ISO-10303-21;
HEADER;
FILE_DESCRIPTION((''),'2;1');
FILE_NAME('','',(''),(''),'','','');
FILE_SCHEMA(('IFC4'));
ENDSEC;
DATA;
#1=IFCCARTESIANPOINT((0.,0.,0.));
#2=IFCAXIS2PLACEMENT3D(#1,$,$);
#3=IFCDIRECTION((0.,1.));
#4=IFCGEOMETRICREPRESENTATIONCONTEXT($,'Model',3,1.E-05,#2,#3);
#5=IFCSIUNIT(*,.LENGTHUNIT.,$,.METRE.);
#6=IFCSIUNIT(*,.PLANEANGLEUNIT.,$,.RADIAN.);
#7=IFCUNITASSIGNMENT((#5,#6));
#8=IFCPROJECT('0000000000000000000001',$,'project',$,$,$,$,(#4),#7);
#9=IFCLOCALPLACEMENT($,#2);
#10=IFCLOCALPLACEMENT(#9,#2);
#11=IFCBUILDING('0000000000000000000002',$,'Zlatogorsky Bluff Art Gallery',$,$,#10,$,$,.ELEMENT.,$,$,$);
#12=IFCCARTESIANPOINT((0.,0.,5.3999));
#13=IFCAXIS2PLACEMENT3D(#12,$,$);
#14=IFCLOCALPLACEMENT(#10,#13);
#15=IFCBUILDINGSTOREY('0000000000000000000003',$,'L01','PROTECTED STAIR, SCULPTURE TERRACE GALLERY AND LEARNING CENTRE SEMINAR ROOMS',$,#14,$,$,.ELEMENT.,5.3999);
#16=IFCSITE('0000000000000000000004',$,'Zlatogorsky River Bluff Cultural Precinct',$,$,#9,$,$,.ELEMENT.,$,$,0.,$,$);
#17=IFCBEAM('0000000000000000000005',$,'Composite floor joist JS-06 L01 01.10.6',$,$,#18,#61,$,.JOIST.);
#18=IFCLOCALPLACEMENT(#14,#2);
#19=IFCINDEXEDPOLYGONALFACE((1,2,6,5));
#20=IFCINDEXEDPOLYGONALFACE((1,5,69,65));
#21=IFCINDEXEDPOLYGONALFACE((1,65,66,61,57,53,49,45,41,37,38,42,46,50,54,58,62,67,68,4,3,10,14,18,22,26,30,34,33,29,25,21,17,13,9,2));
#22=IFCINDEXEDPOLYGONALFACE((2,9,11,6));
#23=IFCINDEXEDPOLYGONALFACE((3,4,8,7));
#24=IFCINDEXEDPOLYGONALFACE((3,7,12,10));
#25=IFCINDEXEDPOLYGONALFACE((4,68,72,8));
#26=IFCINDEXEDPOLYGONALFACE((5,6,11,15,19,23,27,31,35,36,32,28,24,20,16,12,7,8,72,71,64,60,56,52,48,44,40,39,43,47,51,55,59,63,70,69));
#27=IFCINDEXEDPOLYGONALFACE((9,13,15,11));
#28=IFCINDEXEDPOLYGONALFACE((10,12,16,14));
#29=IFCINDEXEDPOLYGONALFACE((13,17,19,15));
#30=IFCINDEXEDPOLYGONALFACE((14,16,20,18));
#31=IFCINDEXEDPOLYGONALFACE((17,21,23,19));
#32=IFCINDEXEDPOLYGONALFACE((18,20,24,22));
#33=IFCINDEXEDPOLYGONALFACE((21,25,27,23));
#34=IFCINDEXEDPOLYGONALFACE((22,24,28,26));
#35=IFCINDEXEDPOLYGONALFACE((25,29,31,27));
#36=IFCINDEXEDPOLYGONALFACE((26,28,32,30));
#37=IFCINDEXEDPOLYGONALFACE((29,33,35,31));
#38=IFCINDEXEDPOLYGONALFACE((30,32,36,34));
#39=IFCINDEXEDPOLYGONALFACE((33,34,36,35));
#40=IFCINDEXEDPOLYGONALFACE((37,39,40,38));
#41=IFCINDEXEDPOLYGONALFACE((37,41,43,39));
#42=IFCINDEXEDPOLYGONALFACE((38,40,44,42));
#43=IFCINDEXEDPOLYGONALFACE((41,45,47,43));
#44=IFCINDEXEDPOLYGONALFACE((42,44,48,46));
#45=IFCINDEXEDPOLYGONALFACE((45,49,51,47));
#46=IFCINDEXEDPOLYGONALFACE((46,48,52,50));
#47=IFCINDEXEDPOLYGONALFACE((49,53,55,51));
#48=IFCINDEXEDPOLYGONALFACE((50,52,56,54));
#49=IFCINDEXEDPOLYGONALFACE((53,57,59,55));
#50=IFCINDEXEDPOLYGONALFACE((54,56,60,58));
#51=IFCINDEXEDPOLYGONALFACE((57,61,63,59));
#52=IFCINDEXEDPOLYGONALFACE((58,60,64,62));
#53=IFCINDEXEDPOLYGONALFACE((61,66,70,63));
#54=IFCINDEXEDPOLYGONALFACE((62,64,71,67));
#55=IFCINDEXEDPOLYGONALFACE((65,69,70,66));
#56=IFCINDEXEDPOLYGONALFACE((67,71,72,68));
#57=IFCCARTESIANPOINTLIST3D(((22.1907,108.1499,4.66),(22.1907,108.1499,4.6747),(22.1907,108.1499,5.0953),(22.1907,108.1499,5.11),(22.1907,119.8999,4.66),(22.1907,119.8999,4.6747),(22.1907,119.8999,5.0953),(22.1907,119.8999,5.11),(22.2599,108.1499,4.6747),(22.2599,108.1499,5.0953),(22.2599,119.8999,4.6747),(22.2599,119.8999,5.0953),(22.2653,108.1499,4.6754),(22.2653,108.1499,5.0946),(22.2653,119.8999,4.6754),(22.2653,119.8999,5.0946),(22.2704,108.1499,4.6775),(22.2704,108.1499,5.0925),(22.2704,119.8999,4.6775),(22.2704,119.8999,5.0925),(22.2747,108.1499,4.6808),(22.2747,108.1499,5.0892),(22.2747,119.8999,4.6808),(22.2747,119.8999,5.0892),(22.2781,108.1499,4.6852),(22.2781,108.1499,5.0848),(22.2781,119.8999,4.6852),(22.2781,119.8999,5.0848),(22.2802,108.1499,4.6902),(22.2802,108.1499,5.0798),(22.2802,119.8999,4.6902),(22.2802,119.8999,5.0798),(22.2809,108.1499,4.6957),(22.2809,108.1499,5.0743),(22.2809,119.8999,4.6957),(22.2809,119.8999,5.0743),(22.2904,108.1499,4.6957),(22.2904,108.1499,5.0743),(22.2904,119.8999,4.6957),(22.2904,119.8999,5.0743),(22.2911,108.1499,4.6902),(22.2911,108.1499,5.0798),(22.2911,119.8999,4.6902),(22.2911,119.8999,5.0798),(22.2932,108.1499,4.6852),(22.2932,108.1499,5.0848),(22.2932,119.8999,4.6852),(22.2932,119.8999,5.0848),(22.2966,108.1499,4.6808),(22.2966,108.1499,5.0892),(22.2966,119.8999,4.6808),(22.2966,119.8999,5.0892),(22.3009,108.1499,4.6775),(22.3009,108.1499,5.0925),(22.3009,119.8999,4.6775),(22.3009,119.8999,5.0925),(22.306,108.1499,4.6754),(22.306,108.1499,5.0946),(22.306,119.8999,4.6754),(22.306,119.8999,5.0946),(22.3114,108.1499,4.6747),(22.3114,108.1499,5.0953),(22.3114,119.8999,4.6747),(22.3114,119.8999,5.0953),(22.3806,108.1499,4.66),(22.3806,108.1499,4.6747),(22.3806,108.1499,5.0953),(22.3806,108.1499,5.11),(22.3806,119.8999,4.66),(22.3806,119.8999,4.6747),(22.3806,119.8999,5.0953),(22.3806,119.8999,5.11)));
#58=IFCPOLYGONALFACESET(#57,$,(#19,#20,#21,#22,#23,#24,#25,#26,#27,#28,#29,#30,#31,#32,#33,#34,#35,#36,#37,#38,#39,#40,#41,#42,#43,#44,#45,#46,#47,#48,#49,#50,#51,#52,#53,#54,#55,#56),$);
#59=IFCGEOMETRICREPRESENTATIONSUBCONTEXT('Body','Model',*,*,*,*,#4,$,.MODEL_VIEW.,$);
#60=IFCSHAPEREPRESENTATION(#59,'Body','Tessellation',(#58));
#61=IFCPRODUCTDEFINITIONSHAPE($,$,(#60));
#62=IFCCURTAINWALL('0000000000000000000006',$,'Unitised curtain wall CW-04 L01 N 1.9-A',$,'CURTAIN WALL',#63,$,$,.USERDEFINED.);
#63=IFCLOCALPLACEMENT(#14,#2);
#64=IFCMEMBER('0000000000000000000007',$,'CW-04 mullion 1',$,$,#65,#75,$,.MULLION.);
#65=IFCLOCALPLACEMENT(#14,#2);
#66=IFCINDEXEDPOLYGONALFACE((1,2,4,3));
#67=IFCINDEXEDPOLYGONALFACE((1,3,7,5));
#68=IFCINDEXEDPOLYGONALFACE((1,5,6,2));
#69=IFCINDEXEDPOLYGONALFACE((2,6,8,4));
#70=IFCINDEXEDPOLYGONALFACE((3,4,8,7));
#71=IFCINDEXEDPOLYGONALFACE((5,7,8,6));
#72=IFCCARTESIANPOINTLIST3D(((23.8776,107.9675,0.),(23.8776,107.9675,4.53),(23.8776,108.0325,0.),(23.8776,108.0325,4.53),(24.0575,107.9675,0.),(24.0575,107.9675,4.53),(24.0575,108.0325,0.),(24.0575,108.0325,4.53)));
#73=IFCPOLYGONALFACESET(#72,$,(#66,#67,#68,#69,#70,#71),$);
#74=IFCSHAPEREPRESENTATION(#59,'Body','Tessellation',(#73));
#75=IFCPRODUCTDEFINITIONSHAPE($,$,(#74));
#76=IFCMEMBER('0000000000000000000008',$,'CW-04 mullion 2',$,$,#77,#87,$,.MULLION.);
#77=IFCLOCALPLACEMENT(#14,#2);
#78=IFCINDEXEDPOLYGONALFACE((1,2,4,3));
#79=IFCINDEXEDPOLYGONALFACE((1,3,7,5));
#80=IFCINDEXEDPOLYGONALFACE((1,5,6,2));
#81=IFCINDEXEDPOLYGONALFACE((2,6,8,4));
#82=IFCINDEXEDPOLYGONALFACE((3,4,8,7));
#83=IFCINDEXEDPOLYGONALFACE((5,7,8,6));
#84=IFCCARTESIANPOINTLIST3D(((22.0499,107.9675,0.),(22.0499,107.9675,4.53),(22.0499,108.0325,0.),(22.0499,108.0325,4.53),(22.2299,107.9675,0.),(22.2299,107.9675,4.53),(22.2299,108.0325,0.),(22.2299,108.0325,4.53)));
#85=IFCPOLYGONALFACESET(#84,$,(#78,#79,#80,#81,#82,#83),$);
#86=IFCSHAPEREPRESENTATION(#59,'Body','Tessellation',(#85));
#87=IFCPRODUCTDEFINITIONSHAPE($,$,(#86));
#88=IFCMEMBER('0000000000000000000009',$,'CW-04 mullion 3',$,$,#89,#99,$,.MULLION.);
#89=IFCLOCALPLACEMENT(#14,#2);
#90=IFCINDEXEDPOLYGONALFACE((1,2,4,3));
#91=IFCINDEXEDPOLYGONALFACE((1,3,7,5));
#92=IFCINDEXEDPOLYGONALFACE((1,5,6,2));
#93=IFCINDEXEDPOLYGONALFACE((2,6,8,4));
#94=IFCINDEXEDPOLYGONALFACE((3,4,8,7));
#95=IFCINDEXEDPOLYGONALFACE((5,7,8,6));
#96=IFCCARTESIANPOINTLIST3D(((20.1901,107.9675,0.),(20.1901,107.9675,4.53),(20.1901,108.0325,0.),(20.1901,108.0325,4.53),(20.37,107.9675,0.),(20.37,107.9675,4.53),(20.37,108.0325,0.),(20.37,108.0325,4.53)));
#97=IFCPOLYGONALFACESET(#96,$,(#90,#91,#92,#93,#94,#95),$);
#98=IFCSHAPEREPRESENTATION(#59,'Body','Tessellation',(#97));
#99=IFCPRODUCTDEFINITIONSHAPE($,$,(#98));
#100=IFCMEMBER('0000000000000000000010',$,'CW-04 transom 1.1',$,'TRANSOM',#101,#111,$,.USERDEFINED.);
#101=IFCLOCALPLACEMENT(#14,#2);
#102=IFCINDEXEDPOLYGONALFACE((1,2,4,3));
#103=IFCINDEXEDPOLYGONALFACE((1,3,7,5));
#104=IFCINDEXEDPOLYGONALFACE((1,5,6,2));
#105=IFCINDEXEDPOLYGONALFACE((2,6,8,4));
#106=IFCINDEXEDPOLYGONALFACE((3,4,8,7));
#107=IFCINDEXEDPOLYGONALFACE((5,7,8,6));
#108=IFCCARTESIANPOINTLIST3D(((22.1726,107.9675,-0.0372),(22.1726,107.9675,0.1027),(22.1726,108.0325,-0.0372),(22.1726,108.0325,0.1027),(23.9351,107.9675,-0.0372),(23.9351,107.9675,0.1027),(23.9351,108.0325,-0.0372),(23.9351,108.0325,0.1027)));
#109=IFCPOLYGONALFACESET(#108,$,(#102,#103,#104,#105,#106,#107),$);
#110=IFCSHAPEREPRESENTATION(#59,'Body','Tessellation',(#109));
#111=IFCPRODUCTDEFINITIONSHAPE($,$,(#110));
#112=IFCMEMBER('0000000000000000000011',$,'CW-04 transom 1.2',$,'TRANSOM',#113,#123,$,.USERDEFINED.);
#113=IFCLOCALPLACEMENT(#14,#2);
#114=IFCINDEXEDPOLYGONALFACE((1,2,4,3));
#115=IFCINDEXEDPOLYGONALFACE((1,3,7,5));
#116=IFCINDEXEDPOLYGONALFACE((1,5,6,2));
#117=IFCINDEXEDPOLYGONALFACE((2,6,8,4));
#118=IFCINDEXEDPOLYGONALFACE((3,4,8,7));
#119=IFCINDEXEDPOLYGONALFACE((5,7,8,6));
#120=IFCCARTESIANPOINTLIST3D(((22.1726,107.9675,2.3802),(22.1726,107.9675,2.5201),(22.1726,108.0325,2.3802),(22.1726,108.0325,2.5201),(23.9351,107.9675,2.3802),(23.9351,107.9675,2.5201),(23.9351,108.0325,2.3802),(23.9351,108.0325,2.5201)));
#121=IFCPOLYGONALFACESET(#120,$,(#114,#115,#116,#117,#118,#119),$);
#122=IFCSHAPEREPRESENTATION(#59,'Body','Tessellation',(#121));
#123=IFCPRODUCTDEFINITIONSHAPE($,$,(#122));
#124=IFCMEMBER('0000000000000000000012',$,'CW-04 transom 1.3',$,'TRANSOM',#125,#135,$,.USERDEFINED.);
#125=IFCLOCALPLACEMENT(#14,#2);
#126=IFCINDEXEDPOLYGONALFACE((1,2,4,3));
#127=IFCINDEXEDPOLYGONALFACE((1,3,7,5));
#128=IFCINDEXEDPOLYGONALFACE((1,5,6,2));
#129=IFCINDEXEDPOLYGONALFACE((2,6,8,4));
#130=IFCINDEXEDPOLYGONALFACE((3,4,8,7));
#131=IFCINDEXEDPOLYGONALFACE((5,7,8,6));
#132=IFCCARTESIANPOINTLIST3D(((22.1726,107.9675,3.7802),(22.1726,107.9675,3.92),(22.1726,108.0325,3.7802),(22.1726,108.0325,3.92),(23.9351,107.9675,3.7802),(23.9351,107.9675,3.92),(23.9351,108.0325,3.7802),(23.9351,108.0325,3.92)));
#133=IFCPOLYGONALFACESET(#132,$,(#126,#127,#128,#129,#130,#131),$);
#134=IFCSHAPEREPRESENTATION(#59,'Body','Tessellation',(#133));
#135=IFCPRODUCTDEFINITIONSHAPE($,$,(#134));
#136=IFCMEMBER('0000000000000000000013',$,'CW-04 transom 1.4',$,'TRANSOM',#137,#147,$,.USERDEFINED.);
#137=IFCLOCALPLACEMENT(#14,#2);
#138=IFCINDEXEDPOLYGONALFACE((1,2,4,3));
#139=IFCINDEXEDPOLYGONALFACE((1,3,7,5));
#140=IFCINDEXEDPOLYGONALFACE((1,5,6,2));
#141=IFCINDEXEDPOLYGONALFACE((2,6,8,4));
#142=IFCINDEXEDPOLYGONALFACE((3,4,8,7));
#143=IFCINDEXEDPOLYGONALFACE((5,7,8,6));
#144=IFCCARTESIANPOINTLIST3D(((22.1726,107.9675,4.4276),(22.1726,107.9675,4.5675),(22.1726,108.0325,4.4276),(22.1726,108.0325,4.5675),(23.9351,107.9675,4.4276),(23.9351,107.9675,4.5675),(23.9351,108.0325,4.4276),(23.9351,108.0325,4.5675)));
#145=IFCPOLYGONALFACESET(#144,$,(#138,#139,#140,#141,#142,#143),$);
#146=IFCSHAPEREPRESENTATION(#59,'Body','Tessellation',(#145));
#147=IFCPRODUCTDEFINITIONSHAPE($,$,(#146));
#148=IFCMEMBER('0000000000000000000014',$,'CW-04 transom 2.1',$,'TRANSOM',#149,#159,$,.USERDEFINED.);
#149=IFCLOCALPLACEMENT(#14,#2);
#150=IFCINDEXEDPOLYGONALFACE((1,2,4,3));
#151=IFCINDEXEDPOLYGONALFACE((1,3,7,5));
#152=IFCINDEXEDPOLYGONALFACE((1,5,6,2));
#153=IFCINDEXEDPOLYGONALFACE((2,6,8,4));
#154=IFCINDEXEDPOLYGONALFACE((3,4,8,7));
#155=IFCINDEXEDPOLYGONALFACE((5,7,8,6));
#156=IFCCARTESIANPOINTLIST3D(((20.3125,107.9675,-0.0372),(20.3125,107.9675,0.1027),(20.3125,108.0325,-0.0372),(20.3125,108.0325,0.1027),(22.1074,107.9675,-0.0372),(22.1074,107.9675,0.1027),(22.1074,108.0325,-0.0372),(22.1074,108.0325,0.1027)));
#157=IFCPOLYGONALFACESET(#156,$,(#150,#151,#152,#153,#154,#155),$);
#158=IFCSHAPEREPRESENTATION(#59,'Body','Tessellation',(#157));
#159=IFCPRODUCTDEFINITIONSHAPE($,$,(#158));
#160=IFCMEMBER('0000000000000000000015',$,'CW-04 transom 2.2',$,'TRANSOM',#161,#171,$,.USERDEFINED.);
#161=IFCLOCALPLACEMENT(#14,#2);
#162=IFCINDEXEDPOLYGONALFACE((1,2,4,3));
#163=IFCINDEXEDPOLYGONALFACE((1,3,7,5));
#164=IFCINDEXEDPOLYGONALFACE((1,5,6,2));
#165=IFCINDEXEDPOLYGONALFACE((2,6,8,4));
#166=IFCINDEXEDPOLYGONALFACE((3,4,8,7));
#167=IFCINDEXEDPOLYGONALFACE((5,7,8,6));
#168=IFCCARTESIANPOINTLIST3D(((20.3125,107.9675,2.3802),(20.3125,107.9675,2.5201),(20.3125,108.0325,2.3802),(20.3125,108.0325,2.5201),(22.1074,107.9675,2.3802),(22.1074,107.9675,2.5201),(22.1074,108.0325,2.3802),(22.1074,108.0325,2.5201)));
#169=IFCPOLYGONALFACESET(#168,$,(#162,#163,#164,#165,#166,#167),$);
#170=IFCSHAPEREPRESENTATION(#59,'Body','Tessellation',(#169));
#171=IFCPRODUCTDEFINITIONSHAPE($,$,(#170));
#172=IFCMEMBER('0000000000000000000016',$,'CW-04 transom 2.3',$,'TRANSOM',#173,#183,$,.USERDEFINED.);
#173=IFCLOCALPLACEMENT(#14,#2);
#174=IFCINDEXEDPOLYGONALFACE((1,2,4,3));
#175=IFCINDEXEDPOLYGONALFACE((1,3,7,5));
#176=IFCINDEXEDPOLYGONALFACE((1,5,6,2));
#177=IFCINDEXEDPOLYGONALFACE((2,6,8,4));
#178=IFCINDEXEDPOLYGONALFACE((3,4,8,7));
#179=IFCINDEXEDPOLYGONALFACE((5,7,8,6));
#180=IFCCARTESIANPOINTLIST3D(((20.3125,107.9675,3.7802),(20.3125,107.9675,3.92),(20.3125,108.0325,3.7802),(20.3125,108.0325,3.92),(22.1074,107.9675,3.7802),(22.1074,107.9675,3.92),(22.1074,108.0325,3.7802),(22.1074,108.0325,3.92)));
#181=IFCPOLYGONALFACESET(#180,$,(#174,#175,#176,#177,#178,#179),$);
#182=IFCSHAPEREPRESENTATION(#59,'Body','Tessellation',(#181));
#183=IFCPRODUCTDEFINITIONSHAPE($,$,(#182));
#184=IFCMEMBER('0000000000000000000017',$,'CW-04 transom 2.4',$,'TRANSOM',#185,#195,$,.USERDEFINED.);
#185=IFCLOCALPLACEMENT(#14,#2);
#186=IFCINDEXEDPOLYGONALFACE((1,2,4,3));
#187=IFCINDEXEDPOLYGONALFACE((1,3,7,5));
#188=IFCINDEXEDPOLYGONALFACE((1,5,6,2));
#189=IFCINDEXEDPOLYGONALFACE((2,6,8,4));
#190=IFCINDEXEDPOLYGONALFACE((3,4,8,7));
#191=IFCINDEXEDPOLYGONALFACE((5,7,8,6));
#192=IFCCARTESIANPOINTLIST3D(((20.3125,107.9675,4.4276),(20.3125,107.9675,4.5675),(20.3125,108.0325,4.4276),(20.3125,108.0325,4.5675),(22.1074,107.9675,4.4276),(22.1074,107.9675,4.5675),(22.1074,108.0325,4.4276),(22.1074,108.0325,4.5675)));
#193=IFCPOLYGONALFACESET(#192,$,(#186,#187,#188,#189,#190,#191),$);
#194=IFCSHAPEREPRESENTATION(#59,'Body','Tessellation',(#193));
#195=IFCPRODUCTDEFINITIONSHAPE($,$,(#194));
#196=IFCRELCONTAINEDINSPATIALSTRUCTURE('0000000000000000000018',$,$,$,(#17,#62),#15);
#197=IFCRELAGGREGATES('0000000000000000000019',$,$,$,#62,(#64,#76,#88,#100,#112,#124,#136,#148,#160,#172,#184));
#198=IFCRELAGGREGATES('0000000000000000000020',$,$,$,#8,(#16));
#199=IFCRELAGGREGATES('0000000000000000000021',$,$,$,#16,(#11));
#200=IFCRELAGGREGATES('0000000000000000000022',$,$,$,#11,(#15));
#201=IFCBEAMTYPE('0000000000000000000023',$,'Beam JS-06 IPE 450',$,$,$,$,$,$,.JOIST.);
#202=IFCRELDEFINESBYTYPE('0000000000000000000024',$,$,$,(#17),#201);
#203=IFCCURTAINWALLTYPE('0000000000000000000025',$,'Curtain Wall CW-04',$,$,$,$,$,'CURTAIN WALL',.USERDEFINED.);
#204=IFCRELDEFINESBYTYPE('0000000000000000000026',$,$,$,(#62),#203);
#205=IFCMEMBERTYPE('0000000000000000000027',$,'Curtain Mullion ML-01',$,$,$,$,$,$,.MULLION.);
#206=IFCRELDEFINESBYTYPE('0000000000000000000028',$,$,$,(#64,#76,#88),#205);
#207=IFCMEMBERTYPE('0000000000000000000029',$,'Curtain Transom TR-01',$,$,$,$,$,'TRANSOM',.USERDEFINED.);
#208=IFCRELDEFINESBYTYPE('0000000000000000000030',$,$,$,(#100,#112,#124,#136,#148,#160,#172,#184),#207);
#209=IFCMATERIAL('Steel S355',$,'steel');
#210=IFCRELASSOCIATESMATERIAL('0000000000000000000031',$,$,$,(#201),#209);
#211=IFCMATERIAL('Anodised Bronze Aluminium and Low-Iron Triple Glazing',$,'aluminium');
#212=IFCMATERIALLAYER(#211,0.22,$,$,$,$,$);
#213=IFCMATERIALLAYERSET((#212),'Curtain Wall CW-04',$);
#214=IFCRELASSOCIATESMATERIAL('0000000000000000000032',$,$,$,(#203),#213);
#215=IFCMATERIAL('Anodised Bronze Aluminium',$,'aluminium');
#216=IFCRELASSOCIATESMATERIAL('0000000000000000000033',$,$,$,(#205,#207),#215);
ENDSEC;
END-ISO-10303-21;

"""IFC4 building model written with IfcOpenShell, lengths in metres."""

from ifc_helpers import new_model, si_unit, direction, frame, origin, origin_2d, place, context, subcontext, project, spatial, rectangle, i_section, extrude, material, layer, layer_set, material_profile, profile_set, type_object, element, aggregate, save


model = new_model("IFC4")

# Units and contexts
model_context = context("Model", 3, precision=1e-05, world=origin(), true_north=direction((0.0, 1.0)))
body_context = subcontext(model_context, "Body", "Model", "MODEL_VIEW")
ifc_project = project(units=[si_unit("LENGTHUNIT", "METRE"), si_unit("PLANEANGLEUNIT", "RADIAN")], contexts=[model_context])

# Site, building, storey
site_placement = place(None, origin())
site = spatial("IfcSite", under=ifc_project, at=site_placement, Name="Zlatogorsky River Bluff Cultural Precinct", CompositionType="ELEMENT", RefElevation=0.0)
building_placement = place(site_placement, origin())
building = spatial("IfcBuilding", under=site, at=building_placement, Name="Zlatogorsky Bluff Art Gallery", CompositionType="ELEMENT")
storey_placement = place(building_placement, frame((0.0, 0.0, 5.3999)))
storey = spatial("IfcBuildingStorey", under=building, at=storey_placement, Name="L01", Description="PROTECTED STAIR, SCULPTURE TERRACE GALLERY AND LEARNING CENTRE SEMINAR ROOMS", CompositionType="ELEMENT", Elevation=5.3999)

# Shared definitions
ifc_material_1 = material(Name="Steel S355", Category="steel")

# Beam
ifc_material_profile_1 = material_profile(ifc_material_1, i_section(OverallWidth=0.1899, OverallDepth=0.45, WebThickness=0.0095, FlangeThickness=0.0146, FilletRadius=0.021, at=origin_2d()), Name="IPE 450")
ifc_profile_set_1 = profile_set([ifc_material_profile_1], Name="Steel S355")
beam_type_1 = type_object("IfcBeamType", Name="Beam JS-06 IPE 450", PredefinedType="JOIST", material=ifc_profile_set_1)
for number, where, z_axis, x_axis, name in (
    (1, (22.2856, 108.1499, 4.885), (0.0, 1.0, 0.0), (-1.0, 0.0, 0.0), "Composite floor joist JS-06 L01 01.10.6"),
):
    element("IfcBeam", number, at=place(storey_placement, frame(where, z_axis=z_axis, x_axis=x_axis)), inside=storey, type_object=beam_type_1, Name=name, PredefinedType="JOIST", context=body_context, shape_type="SweptSolid", body=[
        extrude(i_section(OverallWidth=0.1899, OverallDepth=0.45, WebThickness=0.0095, FlangeThickness=0.0146, FilletRadius=0.021, at=origin_2d()), origin(), (0.0, 0.0, 1.0), 11.75),
    ])

# Curtain wall, members
ifc_material_2 = material(Name="Anodised Bronze Aluminium and Low-Iron Triple Glazing", Category="aluminium")
ifc_layer_1 = layer(ifc_material_2, 0.22)
ifc_layer_set_1 = layer_set([ifc_layer_1], Name="Curtain Wall CW-04")
curtain_wall_type = type_object("IfcCurtainWallType", Name="Curtain Wall CW-04", ElementType="CURTAIN WALL", PredefinedType="USERDEFINED", material=ifc_layer_set_1)
curtain_wall_placement = place(storey_placement, origin())
curtain_wall = element("IfcCurtainWall", 2, at=curtain_wall_placement, inside=storey, type_object=curtain_wall_type, Name="Unitised curtain wall CW-04 L01 N 1.9-A", ObjectType="CURTAIN WALL", PredefinedType="USERDEFINED")
ifc_material_3 = material(Name="Anodised Bronze Aluminium", Category="aluminium")
ifc_material_profile_2 = material_profile(ifc_material_3, rectangle(XDim=0.0649, YDim=0.1799, at=origin_2d()), Name="ALU MULLION 65x180")
ifc_profile_set_2 = profile_set([ifc_material_profile_2], Name="Anodised Bronze Aluminium")
member_type_1 = type_object("IfcMemberType", Name="Curtain Mullion ML-01", PredefinedType="MULLION", material=ifc_profile_set_2)
member_1_placement = place(storey_placement, frame((23.9675, 108.0, 0.0), z_axis=(0.0, 0.0, 1.0), x_axis=(0.0, -1.0, 0.0)))
member_1 = element("IfcMember", 3, at=member_1_placement, type_object=member_type_1, Name="CW-04 mullion 1", PredefinedType="MULLION", context=body_context, shape_type="SweptSolid", body=[
    extrude(rectangle(XDim=0.0649, YDim=0.1799, at=origin_2d()), origin(), (0.0, 0.0, 1.0), 4.53),
])
member_2_placement = place(storey_placement, frame((22.1399, 108.0, 0.0), z_axis=(0.0, 0.0, 1.0), x_axis=(0.0, -1.0, 0.0)))
member_2 = element("IfcMember", 4, at=member_2_placement, type_object=member_type_1, Name="CW-04 mullion 2", PredefinedType="MULLION", context=body_context, shape_type="SweptSolid", body=[
    extrude(rectangle(XDim=0.0649, YDim=0.1799, at=origin_2d()), origin(), (0.0, 0.0, 1.0), 4.53),
])
member_3_placement = place(storey_placement, frame((20.28, 108.0, 0.0), z_axis=(0.0, 0.0, 1.0), x_axis=(0.0, -1.0, 0.0)))
member_3 = element("IfcMember", 5, at=member_3_placement, type_object=member_type_1, Name="CW-04 mullion 3", PredefinedType="MULLION", context=body_context, shape_type="SweptSolid", body=[
    extrude(rectangle(XDim=0.0649, YDim=0.1799, at=origin_2d()), origin(), (0.0, 0.0, 1.0), 4.53),
])
ifc_material_profile_3 = material_profile(ifc_material_3, rectangle(XDim=0.0649, YDim=0.1399, at=origin_2d()), Name="ALU TRANSOM 65x140")
ifc_profile_set_3 = profile_set([ifc_material_profile_3], Name="Anodised Bronze Aluminium")
member_type_2 = type_object("IfcMemberType", Name="Curtain Transom TR-01", ElementType="TRANSOM", PredefinedType="USERDEFINED", material=ifc_profile_set_3)
member_4_placement = place(storey_placement, frame((23.9351, 108.0, 0.0327), z_axis=(-1.0, 0.0, 0.0), x_axis=(0.0, -1.0, 0.0)))
member_4 = element("IfcMember", 6, at=member_4_placement, type_object=member_type_2, Name="CW-04 transom 1.1", ObjectType="TRANSOM", PredefinedType="USERDEFINED", context=body_context, shape_type="SweptSolid", body=[
    extrude(rectangle(XDim=0.0649, YDim=0.1399, at=origin_2d()), origin(), (0.0, 0.0, 1.0), 1.7625),
])
member_5_placement = place(storey_placement, frame((23.9351, 108.0, 2.4502), z_axis=(-1.0, 0.0, 0.0), x_axis=(0.0, -1.0, 0.0)))
member_5 = element("IfcMember", 7, at=member_5_placement, type_object=member_type_2, Name="CW-04 transom 1.2", ObjectType="TRANSOM", PredefinedType="USERDEFINED", context=body_context, shape_type="SweptSolid", body=[
    extrude(rectangle(XDim=0.0649, YDim=0.1399, at=origin_2d()), origin(), (0.0, 0.0, 1.0), 1.7625),
])
member_6_placement = place(storey_placement, frame((23.9351, 108.0, 3.8501), z_axis=(-1.0, 0.0, 0.0), x_axis=(0.0, -1.0, 0.0)))
member_6 = element("IfcMember", 8, at=member_6_placement, type_object=member_type_2, Name="CW-04 transom 1.3", ObjectType="TRANSOM", PredefinedType="USERDEFINED", context=body_context, shape_type="SweptSolid", body=[
    extrude(rectangle(XDim=0.0649, YDim=0.1399, at=origin_2d()), origin(), (0.0, 0.0, 1.0), 1.7625),
])
member_7_placement = place(storey_placement, frame((23.9351, 108.0, 4.4976), z_axis=(-1.0, 0.0, 0.0), x_axis=(0.0, -1.0, 0.0)))
member_7 = element("IfcMember", 9, at=member_7_placement, type_object=member_type_2, Name="CW-04 transom 1.4", ObjectType="TRANSOM", PredefinedType="USERDEFINED", context=body_context, shape_type="SweptSolid", body=[
    extrude(rectangle(XDim=0.0649, YDim=0.1399, at=origin_2d()), origin(), (0.0, 0.0, 1.0), 1.7625),
])
member_8_placement = place(storey_placement, frame((22.1074, 108.0, 0.0327), z_axis=(-1.0, 0.0, 0.0), x_axis=(0.0, -1.0, 0.0)))
member_8 = element("IfcMember", 10, at=member_8_placement, type_object=member_type_2, Name="CW-04 transom 2.1", ObjectType="TRANSOM", PredefinedType="USERDEFINED", context=body_context, shape_type="SweptSolid", body=[
    extrude(rectangle(XDim=0.0649, YDim=0.1399, at=origin_2d()), origin(), (0.0, 0.0, 1.0), 1.7949),
])
member_9_placement = place(storey_placement, frame((22.1074, 108.0, 2.4502), z_axis=(-1.0, 0.0, 0.0), x_axis=(0.0, -1.0, 0.0)))
member_9 = element("IfcMember", 11, at=member_9_placement, type_object=member_type_2, Name="CW-04 transom 2.2", ObjectType="TRANSOM", PredefinedType="USERDEFINED", context=body_context, shape_type="SweptSolid", body=[
    extrude(rectangle(XDim=0.0649, YDim=0.1399, at=origin_2d()), origin(), (0.0, 0.0, 1.0), 1.7949),
])
member_10_placement = place(storey_placement, frame((22.1074, 108.0, 3.8501), z_axis=(-1.0, 0.0, 0.0), x_axis=(0.0, -1.0, 0.0)))
member_10 = element("IfcMember", 12, at=member_10_placement, type_object=member_type_2, Name="CW-04 transom 2.3", ObjectType="TRANSOM", PredefinedType="USERDEFINED", context=body_context, shape_type="SweptSolid", body=[
    extrude(rectangle(XDim=0.0649, YDim=0.1399, at=origin_2d()), origin(), (0.0, 0.0, 1.0), 1.7949),
])
member_11_placement = place(storey_placement, frame((22.1074, 108.0, 4.4976), z_axis=(-1.0, 0.0, 0.0), x_axis=(0.0, -1.0, 0.0)))
member_11 = element("IfcMember", 13, at=member_11_placement, type_object=member_type_2, Name="CW-04 transom 2.4", ObjectType="TRANSOM", PredefinedType="USERDEFINED", context=body_context, shape_type="SweptSolid", body=[
    extrude(rectangle(XDim=0.0649, YDim=0.1399, at=origin_2d()), origin(), (0.0, 0.0, 1.0), 1.7949),
])
aggregate(curtain_wall, [member_1, member_2, member_3, member_4, member_5, member_6, member_7, member_8, member_9, member_10, member_11])

save(model, "model.ifc")
